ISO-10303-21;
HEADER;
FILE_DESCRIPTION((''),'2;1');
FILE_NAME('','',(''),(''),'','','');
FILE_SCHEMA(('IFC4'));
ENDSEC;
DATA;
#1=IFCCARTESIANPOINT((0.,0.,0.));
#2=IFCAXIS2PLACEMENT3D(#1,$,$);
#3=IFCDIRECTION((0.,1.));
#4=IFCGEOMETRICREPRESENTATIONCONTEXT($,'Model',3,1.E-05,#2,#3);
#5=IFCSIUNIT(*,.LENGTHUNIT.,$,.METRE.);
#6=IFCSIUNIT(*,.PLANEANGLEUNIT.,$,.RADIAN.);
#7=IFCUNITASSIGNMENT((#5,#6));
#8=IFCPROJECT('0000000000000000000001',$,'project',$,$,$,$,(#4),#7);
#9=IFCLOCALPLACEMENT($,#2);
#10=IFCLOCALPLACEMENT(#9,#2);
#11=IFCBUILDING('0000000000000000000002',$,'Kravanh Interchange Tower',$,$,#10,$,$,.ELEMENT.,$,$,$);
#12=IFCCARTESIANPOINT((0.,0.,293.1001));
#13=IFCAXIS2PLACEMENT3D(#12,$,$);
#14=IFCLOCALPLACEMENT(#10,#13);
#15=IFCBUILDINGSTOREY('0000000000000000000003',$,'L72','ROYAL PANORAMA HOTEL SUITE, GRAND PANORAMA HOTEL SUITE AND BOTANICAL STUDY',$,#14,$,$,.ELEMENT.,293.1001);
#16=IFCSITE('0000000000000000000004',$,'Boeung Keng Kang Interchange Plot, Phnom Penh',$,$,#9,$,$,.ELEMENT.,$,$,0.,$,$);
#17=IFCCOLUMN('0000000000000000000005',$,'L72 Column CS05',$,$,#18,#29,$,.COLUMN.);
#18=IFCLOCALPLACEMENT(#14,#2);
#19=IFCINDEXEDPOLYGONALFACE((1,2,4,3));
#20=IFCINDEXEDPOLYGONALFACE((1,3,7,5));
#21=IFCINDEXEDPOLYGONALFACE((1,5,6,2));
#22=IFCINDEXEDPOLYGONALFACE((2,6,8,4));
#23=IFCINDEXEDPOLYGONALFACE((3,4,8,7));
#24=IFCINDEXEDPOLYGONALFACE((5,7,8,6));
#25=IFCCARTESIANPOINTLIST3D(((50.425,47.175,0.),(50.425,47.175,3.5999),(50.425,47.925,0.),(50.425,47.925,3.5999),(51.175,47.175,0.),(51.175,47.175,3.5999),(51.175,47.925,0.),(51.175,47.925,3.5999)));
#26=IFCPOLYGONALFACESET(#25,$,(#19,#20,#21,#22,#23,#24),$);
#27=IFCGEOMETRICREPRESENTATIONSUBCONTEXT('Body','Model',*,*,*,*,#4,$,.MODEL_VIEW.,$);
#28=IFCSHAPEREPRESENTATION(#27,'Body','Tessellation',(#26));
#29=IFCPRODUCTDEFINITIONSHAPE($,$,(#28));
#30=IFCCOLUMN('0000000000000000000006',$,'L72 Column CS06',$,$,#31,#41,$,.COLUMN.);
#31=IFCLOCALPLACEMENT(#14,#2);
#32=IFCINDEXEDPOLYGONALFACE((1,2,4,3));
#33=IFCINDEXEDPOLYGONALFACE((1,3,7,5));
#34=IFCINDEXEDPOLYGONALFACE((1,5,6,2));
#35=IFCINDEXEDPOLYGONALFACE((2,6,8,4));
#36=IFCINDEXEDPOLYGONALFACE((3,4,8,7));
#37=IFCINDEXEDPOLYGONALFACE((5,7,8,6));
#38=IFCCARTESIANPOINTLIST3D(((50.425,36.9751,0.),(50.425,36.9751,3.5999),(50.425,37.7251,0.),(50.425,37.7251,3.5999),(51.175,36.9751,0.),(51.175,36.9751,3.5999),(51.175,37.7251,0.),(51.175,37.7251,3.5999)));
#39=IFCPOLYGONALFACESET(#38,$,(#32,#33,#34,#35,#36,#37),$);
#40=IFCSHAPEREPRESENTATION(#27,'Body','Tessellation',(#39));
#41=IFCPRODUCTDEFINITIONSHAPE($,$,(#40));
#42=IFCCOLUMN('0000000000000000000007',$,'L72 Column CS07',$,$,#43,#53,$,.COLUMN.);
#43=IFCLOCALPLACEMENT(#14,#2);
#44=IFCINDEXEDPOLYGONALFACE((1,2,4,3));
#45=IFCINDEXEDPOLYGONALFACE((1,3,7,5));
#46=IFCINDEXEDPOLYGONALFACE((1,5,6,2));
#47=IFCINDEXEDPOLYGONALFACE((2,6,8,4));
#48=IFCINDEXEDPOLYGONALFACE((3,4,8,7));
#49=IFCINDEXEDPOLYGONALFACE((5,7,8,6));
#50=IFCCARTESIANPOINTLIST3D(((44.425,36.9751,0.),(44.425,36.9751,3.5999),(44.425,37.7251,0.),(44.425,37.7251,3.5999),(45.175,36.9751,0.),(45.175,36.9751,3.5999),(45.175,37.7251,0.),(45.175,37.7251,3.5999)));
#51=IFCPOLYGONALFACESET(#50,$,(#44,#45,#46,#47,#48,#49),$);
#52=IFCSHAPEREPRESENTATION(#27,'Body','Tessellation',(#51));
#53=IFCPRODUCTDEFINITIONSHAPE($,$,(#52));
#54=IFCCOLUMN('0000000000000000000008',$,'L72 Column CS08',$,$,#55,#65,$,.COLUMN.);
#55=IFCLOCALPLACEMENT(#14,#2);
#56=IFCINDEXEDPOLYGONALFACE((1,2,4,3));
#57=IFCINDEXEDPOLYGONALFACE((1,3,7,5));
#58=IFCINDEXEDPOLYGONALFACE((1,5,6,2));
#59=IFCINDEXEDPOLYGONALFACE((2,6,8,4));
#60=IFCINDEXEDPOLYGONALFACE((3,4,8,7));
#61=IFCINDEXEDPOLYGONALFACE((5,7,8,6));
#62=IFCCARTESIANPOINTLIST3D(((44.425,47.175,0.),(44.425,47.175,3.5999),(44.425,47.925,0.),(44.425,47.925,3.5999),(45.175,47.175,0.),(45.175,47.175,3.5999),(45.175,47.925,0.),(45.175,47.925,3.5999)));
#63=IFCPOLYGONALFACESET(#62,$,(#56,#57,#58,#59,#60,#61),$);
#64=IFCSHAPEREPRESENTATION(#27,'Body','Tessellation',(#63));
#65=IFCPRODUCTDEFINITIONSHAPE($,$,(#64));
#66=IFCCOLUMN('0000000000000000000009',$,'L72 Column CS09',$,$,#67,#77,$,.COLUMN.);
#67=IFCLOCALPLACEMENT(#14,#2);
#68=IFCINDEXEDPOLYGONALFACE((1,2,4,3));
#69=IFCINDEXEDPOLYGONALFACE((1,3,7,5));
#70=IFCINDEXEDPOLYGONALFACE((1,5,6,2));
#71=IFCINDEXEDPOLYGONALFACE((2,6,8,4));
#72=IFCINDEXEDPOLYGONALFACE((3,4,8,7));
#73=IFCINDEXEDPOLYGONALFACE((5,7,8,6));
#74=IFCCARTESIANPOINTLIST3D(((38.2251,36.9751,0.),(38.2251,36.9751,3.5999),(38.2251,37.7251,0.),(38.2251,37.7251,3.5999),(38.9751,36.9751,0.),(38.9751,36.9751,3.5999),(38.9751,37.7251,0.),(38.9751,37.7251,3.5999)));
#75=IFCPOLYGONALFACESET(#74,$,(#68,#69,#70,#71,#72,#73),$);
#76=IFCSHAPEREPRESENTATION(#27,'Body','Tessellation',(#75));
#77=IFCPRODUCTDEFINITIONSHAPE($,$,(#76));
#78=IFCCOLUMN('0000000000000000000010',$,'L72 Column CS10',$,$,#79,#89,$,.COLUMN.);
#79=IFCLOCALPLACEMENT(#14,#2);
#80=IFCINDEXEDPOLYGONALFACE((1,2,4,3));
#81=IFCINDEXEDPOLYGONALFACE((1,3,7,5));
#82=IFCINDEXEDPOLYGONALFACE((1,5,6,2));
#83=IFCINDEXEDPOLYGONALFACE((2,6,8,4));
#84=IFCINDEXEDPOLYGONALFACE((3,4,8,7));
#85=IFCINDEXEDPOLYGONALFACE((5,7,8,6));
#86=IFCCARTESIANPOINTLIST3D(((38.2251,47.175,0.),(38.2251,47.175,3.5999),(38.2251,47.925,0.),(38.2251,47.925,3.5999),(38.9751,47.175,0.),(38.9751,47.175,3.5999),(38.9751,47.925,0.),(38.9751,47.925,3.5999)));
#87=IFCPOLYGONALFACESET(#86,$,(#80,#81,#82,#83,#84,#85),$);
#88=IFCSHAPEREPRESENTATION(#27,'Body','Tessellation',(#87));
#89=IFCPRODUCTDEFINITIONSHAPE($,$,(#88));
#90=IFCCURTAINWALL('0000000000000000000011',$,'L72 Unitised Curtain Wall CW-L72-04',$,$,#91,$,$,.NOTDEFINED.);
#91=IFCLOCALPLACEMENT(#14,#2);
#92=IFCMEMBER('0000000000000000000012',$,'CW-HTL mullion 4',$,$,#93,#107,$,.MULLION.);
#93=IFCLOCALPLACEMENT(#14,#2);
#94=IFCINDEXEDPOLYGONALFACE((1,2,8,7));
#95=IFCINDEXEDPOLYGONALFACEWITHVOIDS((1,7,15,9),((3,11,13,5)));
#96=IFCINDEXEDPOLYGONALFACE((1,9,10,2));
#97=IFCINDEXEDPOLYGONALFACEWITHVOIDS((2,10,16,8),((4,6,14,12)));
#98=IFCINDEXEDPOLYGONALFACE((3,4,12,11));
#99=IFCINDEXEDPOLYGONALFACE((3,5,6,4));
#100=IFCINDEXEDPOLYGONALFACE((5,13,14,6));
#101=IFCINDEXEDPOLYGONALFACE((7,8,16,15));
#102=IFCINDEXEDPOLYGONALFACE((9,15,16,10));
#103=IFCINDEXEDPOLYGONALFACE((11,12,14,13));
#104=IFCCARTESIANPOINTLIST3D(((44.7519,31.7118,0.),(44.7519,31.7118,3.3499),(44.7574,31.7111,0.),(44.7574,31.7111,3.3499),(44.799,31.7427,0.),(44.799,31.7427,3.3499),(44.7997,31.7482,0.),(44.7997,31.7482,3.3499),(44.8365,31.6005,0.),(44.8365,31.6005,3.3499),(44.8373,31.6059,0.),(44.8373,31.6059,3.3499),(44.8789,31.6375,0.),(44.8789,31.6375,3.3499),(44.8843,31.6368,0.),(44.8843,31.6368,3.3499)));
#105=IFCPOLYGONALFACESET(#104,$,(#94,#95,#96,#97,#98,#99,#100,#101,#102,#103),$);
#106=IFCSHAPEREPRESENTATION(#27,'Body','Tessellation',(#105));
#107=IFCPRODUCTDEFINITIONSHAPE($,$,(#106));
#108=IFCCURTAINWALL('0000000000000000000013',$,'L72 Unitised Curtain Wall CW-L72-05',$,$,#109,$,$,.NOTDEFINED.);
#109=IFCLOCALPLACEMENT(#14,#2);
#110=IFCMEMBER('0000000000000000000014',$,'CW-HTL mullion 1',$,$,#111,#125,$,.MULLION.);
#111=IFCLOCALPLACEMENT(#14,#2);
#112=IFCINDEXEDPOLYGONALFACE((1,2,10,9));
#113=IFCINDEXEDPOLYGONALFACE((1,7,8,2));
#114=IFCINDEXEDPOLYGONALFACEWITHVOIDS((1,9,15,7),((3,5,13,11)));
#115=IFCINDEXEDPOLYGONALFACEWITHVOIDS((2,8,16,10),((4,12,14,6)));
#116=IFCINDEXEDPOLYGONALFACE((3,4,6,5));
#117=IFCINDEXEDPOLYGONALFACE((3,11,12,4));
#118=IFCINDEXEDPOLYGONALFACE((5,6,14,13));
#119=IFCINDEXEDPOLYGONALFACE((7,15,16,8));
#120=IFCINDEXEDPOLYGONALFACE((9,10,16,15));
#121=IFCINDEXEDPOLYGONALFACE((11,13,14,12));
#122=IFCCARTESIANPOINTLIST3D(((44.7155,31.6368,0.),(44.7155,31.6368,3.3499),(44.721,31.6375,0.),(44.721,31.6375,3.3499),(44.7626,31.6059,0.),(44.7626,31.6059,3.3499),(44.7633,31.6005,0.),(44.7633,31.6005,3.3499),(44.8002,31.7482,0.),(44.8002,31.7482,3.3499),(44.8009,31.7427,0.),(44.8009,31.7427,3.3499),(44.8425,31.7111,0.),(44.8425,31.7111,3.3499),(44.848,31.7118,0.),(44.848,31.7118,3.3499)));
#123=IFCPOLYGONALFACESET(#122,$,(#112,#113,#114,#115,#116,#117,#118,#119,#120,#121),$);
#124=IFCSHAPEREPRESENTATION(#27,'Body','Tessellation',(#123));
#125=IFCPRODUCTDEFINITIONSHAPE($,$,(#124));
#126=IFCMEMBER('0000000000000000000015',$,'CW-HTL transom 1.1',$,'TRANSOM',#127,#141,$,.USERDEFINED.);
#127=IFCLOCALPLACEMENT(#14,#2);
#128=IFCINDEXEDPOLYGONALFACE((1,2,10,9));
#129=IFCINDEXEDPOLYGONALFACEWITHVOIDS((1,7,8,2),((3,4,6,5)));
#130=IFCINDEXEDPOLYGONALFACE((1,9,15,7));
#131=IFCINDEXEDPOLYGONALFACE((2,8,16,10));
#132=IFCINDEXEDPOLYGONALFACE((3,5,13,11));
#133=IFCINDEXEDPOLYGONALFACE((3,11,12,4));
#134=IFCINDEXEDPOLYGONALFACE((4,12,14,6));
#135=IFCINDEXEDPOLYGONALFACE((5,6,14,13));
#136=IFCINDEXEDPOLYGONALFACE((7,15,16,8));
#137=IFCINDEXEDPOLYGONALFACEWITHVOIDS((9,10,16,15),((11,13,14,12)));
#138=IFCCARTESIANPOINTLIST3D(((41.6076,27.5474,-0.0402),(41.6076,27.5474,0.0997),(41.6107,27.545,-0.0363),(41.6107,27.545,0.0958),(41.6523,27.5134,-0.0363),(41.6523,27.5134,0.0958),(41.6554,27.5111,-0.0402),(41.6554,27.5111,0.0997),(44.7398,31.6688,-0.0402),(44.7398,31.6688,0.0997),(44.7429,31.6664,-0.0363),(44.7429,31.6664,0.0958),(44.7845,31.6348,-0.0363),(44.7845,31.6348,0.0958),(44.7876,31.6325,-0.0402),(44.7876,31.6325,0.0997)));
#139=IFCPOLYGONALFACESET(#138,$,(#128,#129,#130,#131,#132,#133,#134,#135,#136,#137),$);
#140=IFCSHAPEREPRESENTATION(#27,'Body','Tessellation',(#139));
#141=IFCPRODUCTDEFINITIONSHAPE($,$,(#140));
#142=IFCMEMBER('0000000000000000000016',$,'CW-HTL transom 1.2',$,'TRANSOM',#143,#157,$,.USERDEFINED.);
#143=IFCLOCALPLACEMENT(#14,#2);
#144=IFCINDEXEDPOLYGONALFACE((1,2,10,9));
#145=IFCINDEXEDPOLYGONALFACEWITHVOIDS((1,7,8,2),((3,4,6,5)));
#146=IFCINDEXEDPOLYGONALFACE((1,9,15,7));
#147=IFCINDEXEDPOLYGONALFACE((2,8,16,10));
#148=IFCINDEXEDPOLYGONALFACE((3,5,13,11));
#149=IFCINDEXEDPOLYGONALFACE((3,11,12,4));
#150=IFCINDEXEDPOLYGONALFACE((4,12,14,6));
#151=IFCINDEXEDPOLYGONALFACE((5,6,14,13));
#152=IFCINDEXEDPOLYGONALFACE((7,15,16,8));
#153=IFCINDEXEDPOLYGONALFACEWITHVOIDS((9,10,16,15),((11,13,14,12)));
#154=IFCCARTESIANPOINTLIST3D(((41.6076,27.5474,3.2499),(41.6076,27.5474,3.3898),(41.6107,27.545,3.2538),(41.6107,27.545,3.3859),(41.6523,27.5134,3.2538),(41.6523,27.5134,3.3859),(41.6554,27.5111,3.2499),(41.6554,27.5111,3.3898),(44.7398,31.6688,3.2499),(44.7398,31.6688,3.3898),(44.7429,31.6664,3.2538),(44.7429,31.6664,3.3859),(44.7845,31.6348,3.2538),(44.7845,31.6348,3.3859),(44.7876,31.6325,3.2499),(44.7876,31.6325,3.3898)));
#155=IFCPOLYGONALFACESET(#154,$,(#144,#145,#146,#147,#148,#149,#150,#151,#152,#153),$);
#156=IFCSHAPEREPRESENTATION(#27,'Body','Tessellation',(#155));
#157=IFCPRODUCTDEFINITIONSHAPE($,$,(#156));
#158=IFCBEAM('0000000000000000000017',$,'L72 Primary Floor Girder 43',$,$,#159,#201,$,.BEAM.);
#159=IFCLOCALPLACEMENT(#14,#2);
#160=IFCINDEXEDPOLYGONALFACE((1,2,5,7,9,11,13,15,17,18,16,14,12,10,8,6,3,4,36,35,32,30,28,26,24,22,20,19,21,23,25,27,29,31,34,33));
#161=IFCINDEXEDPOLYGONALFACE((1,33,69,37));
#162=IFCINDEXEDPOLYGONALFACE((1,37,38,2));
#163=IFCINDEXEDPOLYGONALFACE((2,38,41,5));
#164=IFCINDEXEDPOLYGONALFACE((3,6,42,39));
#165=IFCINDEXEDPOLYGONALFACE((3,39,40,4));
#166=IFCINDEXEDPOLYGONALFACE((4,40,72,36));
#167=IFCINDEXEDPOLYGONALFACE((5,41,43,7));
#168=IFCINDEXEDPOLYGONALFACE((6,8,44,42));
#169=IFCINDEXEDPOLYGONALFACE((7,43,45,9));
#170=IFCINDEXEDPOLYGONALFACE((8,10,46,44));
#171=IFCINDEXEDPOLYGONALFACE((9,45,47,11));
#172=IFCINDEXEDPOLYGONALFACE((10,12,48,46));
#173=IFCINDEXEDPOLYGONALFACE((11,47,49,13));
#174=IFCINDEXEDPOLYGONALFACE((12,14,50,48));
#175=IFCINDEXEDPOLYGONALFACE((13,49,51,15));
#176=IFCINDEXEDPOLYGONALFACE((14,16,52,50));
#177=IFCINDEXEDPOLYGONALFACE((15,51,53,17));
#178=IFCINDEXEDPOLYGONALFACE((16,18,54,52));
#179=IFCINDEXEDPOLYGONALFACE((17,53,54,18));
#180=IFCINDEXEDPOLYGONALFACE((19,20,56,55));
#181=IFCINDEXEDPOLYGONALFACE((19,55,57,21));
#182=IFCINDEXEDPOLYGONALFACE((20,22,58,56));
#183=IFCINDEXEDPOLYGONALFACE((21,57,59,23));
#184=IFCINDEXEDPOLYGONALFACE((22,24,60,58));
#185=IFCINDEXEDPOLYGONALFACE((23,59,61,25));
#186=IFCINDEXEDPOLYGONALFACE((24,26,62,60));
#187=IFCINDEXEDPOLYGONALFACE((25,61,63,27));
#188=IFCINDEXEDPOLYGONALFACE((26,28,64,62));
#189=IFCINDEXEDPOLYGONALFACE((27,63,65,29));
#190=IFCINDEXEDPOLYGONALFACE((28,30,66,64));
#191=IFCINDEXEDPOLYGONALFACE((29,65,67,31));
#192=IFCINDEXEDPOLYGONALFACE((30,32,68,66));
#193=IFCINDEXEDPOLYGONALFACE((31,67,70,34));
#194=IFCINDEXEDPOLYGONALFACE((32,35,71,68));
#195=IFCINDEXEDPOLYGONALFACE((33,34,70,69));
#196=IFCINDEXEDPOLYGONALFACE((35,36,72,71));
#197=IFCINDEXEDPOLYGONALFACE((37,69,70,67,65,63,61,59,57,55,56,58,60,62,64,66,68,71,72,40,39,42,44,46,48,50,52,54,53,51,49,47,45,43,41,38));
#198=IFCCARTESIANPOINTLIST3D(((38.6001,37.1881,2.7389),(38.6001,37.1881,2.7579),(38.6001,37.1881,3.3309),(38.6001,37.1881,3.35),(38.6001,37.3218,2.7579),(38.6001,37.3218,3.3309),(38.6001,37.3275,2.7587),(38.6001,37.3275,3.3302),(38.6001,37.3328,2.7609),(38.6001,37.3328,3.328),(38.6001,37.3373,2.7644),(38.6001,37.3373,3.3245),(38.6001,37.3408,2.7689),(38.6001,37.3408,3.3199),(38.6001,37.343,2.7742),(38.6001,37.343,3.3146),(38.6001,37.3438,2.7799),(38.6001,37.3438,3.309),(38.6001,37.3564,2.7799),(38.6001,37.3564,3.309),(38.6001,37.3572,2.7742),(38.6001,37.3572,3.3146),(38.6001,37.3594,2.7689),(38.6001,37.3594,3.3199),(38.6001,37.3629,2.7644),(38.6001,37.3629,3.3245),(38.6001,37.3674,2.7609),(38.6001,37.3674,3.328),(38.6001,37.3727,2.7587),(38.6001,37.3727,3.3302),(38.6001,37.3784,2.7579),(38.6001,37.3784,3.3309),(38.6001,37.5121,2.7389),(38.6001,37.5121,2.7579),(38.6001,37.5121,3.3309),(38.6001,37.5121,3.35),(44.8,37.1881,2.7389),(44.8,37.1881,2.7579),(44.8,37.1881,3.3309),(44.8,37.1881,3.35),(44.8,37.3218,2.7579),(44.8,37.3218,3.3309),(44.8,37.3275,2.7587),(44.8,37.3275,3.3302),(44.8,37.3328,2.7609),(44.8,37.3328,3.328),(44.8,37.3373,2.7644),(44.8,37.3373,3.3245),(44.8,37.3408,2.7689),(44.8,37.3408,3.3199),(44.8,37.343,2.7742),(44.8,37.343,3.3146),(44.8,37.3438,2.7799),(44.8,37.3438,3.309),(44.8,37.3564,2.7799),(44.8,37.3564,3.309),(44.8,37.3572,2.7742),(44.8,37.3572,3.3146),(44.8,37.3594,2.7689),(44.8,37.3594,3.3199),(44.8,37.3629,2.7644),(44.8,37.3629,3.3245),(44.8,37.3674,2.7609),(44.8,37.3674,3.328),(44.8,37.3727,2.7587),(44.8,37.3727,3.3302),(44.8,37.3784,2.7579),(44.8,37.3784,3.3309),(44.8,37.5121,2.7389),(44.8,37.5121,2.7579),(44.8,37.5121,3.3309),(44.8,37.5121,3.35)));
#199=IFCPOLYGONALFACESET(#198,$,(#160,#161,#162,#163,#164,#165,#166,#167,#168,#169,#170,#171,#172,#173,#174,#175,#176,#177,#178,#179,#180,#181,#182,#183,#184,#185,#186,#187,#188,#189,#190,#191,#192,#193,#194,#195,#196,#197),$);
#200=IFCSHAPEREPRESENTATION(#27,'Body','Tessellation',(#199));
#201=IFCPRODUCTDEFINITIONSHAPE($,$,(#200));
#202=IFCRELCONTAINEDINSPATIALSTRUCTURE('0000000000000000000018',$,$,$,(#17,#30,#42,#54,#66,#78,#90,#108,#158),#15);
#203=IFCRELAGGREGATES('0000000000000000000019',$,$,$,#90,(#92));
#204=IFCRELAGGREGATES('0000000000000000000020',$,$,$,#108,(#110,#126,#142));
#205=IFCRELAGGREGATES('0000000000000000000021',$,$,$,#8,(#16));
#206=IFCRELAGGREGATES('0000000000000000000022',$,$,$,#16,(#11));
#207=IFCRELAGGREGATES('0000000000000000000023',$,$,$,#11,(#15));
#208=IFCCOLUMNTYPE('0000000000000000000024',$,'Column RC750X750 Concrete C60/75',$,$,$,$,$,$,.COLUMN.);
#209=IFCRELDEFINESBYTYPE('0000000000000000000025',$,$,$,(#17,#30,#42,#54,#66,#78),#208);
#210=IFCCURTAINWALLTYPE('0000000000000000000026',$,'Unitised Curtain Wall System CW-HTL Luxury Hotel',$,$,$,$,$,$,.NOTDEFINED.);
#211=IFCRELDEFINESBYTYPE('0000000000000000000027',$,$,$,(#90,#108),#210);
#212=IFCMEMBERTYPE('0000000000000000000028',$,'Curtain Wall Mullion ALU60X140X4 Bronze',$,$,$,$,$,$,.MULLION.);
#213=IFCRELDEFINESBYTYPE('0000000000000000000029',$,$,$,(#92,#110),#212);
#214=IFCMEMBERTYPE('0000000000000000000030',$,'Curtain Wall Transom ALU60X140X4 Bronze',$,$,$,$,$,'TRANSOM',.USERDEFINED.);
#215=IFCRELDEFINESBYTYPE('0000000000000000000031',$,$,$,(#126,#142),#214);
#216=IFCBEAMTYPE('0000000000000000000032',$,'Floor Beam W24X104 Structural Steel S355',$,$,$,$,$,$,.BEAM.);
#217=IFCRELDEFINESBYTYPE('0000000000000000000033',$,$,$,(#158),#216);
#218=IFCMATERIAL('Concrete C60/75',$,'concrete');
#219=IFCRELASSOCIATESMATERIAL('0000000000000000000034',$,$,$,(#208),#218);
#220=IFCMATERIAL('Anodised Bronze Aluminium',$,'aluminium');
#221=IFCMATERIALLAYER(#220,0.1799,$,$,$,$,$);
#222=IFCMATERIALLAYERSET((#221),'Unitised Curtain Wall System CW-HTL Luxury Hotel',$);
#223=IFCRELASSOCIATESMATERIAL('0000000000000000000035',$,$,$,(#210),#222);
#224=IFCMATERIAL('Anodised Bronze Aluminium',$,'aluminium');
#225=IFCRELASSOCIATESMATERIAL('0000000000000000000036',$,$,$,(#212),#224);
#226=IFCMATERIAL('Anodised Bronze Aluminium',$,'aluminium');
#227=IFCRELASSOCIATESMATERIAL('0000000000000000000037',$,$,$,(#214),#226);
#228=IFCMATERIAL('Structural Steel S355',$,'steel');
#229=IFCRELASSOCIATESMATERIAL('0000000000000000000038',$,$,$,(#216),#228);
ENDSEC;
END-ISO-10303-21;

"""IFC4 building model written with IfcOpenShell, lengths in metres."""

from ifc_helpers import new_model, si_unit, direction, frame, origin, origin_2d, place, context, subcontext, project, spatial, rectangle, hollow_rectangle, i_section, extrude, material, layer, layer_set, material_profile, profile_set, type_object, element, aggregate, save


model = new_model("IFC4")

# Units and contexts
model_context = context("Model", 3, precision=1e-05, world=origin(), true_north=direction((0.0, 1.0)))
body_context = subcontext(model_context, "Body", "Model", "MODEL_VIEW")
ifc_project = project(units=[si_unit("LENGTHUNIT", "METRE"), si_unit("PLANEANGLEUNIT", "RADIAN")], contexts=[model_context])

# Site, building, storey
site_placement = place(None, origin())
site = spatial("IfcSite", under=ifc_project, at=site_placement, Name="Boeung Keng Kang Interchange Plot, Phnom Penh", CompositionType="ELEMENT", RefElevation=0.0)
building_placement = place(site_placement, origin())
building = spatial("IfcBuilding", under=site, at=building_placement, Name="Kravanh Interchange Tower", CompositionType="ELEMENT")
storey_placement = place(building_placement, frame((0.0, 0.0, 293.1001)))
storey = spatial("IfcBuildingStorey", under=building, at=storey_placement, Name="L72", Description="ROYAL PANORAMA HOTEL SUITE, GRAND PANORAMA HOTEL SUITE AND BOTANICAL STUDY", CompositionType="ELEMENT", Elevation=293.1001)

# Columns
ifc_material_1 = material(Name="Concrete C60/75", Category="concrete")
ifc_material_profile_1 = material_profile(ifc_material_1, rectangle(XDim=0.75, YDim=0.75, at=origin_2d()), Name="RC750X750")
ifc_profile_set_1 = profile_set([ifc_material_profile_1], Name="Concrete C60/75")
column_type = type_object("IfcColumnType", Name="Column RC750X750 Concrete C60/75", PredefinedType="COLUMN", material=ifc_profile_set_1)
for number, where, z_axis, x_axis, name in (
    (1, (50.8, 47.55, 0.0), (0.0, 0.0, 1.0), (1.0, 0.0, 0.0), "L72 Column CS05"),
    (2, (50.8, 37.3501, 0.0), (0.0, 0.0, 1.0), (1.0, 0.0, 0.0), "L72 Column CS06"),
    (3, (44.8, 37.3501, 0.0), (0.0, 0.0, 1.0), (1.0, 0.0, 0.0), "L72 Column CS07"),
    (4, (44.8, 47.55, 0.0), (0.0, 0.0, 1.0), (1.0, 0.0, 0.0), "L72 Column CS08"),
    (5, (38.6001, 37.3501, 0.0), (0.0, 0.0, 1.0), (1.0, 0.0, 0.0), "L72 Column CS09"),
    (6, (38.6001, 47.55, 0.0), (0.0, 0.0, 1.0), (1.0, 0.0, 0.0), "L72 Column CS10"),
):
    element("IfcColumn", number, at=place(storey_placement, frame(where, z_axis=z_axis, x_axis=x_axis)), inside=storey, type_object=column_type, Name=name, PredefinedType="COLUMN", context=body_context, shape_type="SweptSolid", body=[
        extrude(rectangle(XDim=0.75, YDim=0.75, at=origin_2d()), origin(), (0.0, 0.0, 1.0), 3.5999),
    ])

# Curtain wall, member
ifc_material_2 = material(Name="Anodised Bronze Aluminium", Category="aluminium")
ifc_layer_1 = layer(ifc_material_2, 0.1799)
ifc_layer_set_1 = layer_set([ifc_layer_1], Name="Unitised Curtain Wall System CW-HTL Luxury Hotel")
curtain_wall_type = type_object("IfcCurtainWallType", Name="Unitised Curtain Wall System CW-HTL Luxury Hotel", PredefinedType="NOTDEFINED", material=ifc_layer_set_1)
curtain_wall_1_placement = place(storey_placement, origin())
curtain_wall_1 = element("IfcCurtainWall", 7, at=curtain_wall_1_placement, inside=storey, type_object=curtain_wall_type, Name="L72 Unitised Curtain Wall CW-L72-04", PredefinedType="NOTDEFINED")
ifc_material_3 = material(Name="Anodised Bronze Aluminium", Category="aluminium")
ifc_material_profile_2 = material_profile(ifc_material_3, hollow_rectangle(XDim=0.0601, YDim=0.1399, WallThickness=0.0039, at=origin_2d()), Name="ALU60X140X4")
ifc_profile_set_2 = profile_set([ifc_material_profile_2], Name="Anodised Bronze Aluminium")
member_type_1 = type_object("IfcMemberType", Name="Curtain Wall Mullion ALU60X140X4 Bronze", PredefinedType="MULLION", material=ifc_profile_set_2)
member_1_placement = place(storey_placement, frame((44.8181, 31.6743, 0.0), z_axis=(0.0, 0.0, 1.0), x_axis=(-0.796162, -0.605083, 0.0)))
member_1 = element("IfcMember", 8, at=member_1_placement, type_object=member_type_1, Name="CW-HTL mullion 4", PredefinedType="MULLION", context=body_context, shape_type="SweptSolid", body=[
    extrude(hollow_rectangle(XDim=0.0601, YDim=0.1399, WallThickness=0.0039, at=origin_2d()), origin(), (0.0, 0.0, 1.0), 3.3499),
])
aggregate(curtain_wall_1, [member_1])

# Curtain wall, members
curtain_wall_2_placement = place(storey_placement, origin())
curtain_wall_2 = element("IfcCurtainWall", 9, at=curtain_wall_2_placement, inside=storey, type_object=curtain_wall_type, Name="L72 Unitised Curtain Wall CW-L72-05", PredefinedType="NOTDEFINED")
member_2_placement = place(storey_placement, frame((44.7817, 31.6743, 0.0), z_axis=(0.0, 0.0, 1.0), x_axis=(0.796162, -0.605083, 0.0)))
member_2 = element("IfcMember", 10, at=member_2_placement, type_object=member_type_1, Name="CW-HTL mullion 1", PredefinedType="MULLION", context=body_context, shape_type="SweptSolid", body=[
    extrude(hollow_rectangle(XDim=0.0601, YDim=0.1399, WallThickness=0.0039, at=origin_2d()), origin(), (0.0, 0.0, 1.0), 3.3499),
])
ifc_material_4 = material(Name="Anodised Bronze Aluminium", Category="aluminium")
ifc_material_profile_3 = material_profile(ifc_material_4, hollow_rectangle(XDim=0.0601, YDim=0.1399, WallThickness=0.0039, at=origin_2d()), Name="ALU60X140X4")
ifc_profile_set_3 = profile_set([ifc_material_profile_3], Name="Anodised Bronze Aluminium")
member_type_2 = type_object("IfcMemberType", Name="Curtain Wall Transom ALU60X140X4 Bronze", ElementType="TRANSOM", PredefinedType="USERDEFINED", material=ifc_profile_set_3)
member_3_placement = place(storey_placement, frame((44.7637, 31.6506, 0.0298), z_axis=(-0.605067, -0.796175, 0.0), x_axis=(0.796175, -0.605067, 0.0)))
member_3 = element("IfcMember", 11, at=member_3_placement, type_object=member_type_2, Name="CW-HTL transom 1.1", ObjectType="TRANSOM", PredefinedType="USERDEFINED", context=body_context, shape_type="SweptSolid", body=[
    extrude(hollow_rectangle(XDim=0.0601, YDim=0.1399, WallThickness=0.0039, at=origin_2d()), origin(), (0.0, 0.0, 1.0), 5.1765),
])
member_4_placement = place(storey_placement, frame((44.7637, 31.6506, 3.3198), z_axis=(-0.605067, -0.796175, 0.0), x_axis=(0.796175, -0.605067, 0.0)))
member_4 = element("IfcMember", 12, at=member_4_placement, type_object=member_type_2, Name="CW-HTL transom 1.2", ObjectType="TRANSOM", PredefinedType="USERDEFINED", context=body_context, shape_type="SweptSolid", body=[
    extrude(hollow_rectangle(XDim=0.0601, YDim=0.1399, WallThickness=0.0039, at=origin_2d()), origin(), (0.0, 0.0, 1.0), 5.1765),
])
aggregate(curtain_wall_2, [member_2, member_3, member_4])

# Beam
ifc_material_5 = material(Name="Structural Steel S355", Category="steel")
ifc_material_profile_4 = material_profile(ifc_material_5, i_section(OverallWidth=0.324, OverallDepth=0.6111, WebThickness=0.0127, FlangeThickness=0.019, FilletRadius=0.022, at=origin_2d()), Name="W24X104")
ifc_profile_set_4 = profile_set([ifc_material_profile_4], Name="Structural Steel S355")
beam_type_1 = type_object("IfcBeamType", Name="Floor Beam W24X104 Structural Steel S355", PredefinedType="BEAM", material=ifc_profile_set_4)
beam_1_placement = place(storey_placement, frame((44.8, 37.3501, 3.0444), z_axis=(-1.0, 0.0, 0.0), x_axis=(0.0, -1.0, 0.0)))
element("IfcBeam", 13, at=beam_1_placement, inside=storey, type_object=beam_type_1, Name="L72 Primary Floor Girder 43", PredefinedType="BEAM", context=body_context, shape_type="SweptSolid", body=[
    extrude(i_section(OverallWidth=0.324, OverallDepth=0.6111, WebThickness=0.0127, FlangeThickness=0.019, FilletRadius=0.022, at=origin_2d()), origin(), (0.0, 0.0, 1.0), 6.2),
])

save(model, "model.ifc")
